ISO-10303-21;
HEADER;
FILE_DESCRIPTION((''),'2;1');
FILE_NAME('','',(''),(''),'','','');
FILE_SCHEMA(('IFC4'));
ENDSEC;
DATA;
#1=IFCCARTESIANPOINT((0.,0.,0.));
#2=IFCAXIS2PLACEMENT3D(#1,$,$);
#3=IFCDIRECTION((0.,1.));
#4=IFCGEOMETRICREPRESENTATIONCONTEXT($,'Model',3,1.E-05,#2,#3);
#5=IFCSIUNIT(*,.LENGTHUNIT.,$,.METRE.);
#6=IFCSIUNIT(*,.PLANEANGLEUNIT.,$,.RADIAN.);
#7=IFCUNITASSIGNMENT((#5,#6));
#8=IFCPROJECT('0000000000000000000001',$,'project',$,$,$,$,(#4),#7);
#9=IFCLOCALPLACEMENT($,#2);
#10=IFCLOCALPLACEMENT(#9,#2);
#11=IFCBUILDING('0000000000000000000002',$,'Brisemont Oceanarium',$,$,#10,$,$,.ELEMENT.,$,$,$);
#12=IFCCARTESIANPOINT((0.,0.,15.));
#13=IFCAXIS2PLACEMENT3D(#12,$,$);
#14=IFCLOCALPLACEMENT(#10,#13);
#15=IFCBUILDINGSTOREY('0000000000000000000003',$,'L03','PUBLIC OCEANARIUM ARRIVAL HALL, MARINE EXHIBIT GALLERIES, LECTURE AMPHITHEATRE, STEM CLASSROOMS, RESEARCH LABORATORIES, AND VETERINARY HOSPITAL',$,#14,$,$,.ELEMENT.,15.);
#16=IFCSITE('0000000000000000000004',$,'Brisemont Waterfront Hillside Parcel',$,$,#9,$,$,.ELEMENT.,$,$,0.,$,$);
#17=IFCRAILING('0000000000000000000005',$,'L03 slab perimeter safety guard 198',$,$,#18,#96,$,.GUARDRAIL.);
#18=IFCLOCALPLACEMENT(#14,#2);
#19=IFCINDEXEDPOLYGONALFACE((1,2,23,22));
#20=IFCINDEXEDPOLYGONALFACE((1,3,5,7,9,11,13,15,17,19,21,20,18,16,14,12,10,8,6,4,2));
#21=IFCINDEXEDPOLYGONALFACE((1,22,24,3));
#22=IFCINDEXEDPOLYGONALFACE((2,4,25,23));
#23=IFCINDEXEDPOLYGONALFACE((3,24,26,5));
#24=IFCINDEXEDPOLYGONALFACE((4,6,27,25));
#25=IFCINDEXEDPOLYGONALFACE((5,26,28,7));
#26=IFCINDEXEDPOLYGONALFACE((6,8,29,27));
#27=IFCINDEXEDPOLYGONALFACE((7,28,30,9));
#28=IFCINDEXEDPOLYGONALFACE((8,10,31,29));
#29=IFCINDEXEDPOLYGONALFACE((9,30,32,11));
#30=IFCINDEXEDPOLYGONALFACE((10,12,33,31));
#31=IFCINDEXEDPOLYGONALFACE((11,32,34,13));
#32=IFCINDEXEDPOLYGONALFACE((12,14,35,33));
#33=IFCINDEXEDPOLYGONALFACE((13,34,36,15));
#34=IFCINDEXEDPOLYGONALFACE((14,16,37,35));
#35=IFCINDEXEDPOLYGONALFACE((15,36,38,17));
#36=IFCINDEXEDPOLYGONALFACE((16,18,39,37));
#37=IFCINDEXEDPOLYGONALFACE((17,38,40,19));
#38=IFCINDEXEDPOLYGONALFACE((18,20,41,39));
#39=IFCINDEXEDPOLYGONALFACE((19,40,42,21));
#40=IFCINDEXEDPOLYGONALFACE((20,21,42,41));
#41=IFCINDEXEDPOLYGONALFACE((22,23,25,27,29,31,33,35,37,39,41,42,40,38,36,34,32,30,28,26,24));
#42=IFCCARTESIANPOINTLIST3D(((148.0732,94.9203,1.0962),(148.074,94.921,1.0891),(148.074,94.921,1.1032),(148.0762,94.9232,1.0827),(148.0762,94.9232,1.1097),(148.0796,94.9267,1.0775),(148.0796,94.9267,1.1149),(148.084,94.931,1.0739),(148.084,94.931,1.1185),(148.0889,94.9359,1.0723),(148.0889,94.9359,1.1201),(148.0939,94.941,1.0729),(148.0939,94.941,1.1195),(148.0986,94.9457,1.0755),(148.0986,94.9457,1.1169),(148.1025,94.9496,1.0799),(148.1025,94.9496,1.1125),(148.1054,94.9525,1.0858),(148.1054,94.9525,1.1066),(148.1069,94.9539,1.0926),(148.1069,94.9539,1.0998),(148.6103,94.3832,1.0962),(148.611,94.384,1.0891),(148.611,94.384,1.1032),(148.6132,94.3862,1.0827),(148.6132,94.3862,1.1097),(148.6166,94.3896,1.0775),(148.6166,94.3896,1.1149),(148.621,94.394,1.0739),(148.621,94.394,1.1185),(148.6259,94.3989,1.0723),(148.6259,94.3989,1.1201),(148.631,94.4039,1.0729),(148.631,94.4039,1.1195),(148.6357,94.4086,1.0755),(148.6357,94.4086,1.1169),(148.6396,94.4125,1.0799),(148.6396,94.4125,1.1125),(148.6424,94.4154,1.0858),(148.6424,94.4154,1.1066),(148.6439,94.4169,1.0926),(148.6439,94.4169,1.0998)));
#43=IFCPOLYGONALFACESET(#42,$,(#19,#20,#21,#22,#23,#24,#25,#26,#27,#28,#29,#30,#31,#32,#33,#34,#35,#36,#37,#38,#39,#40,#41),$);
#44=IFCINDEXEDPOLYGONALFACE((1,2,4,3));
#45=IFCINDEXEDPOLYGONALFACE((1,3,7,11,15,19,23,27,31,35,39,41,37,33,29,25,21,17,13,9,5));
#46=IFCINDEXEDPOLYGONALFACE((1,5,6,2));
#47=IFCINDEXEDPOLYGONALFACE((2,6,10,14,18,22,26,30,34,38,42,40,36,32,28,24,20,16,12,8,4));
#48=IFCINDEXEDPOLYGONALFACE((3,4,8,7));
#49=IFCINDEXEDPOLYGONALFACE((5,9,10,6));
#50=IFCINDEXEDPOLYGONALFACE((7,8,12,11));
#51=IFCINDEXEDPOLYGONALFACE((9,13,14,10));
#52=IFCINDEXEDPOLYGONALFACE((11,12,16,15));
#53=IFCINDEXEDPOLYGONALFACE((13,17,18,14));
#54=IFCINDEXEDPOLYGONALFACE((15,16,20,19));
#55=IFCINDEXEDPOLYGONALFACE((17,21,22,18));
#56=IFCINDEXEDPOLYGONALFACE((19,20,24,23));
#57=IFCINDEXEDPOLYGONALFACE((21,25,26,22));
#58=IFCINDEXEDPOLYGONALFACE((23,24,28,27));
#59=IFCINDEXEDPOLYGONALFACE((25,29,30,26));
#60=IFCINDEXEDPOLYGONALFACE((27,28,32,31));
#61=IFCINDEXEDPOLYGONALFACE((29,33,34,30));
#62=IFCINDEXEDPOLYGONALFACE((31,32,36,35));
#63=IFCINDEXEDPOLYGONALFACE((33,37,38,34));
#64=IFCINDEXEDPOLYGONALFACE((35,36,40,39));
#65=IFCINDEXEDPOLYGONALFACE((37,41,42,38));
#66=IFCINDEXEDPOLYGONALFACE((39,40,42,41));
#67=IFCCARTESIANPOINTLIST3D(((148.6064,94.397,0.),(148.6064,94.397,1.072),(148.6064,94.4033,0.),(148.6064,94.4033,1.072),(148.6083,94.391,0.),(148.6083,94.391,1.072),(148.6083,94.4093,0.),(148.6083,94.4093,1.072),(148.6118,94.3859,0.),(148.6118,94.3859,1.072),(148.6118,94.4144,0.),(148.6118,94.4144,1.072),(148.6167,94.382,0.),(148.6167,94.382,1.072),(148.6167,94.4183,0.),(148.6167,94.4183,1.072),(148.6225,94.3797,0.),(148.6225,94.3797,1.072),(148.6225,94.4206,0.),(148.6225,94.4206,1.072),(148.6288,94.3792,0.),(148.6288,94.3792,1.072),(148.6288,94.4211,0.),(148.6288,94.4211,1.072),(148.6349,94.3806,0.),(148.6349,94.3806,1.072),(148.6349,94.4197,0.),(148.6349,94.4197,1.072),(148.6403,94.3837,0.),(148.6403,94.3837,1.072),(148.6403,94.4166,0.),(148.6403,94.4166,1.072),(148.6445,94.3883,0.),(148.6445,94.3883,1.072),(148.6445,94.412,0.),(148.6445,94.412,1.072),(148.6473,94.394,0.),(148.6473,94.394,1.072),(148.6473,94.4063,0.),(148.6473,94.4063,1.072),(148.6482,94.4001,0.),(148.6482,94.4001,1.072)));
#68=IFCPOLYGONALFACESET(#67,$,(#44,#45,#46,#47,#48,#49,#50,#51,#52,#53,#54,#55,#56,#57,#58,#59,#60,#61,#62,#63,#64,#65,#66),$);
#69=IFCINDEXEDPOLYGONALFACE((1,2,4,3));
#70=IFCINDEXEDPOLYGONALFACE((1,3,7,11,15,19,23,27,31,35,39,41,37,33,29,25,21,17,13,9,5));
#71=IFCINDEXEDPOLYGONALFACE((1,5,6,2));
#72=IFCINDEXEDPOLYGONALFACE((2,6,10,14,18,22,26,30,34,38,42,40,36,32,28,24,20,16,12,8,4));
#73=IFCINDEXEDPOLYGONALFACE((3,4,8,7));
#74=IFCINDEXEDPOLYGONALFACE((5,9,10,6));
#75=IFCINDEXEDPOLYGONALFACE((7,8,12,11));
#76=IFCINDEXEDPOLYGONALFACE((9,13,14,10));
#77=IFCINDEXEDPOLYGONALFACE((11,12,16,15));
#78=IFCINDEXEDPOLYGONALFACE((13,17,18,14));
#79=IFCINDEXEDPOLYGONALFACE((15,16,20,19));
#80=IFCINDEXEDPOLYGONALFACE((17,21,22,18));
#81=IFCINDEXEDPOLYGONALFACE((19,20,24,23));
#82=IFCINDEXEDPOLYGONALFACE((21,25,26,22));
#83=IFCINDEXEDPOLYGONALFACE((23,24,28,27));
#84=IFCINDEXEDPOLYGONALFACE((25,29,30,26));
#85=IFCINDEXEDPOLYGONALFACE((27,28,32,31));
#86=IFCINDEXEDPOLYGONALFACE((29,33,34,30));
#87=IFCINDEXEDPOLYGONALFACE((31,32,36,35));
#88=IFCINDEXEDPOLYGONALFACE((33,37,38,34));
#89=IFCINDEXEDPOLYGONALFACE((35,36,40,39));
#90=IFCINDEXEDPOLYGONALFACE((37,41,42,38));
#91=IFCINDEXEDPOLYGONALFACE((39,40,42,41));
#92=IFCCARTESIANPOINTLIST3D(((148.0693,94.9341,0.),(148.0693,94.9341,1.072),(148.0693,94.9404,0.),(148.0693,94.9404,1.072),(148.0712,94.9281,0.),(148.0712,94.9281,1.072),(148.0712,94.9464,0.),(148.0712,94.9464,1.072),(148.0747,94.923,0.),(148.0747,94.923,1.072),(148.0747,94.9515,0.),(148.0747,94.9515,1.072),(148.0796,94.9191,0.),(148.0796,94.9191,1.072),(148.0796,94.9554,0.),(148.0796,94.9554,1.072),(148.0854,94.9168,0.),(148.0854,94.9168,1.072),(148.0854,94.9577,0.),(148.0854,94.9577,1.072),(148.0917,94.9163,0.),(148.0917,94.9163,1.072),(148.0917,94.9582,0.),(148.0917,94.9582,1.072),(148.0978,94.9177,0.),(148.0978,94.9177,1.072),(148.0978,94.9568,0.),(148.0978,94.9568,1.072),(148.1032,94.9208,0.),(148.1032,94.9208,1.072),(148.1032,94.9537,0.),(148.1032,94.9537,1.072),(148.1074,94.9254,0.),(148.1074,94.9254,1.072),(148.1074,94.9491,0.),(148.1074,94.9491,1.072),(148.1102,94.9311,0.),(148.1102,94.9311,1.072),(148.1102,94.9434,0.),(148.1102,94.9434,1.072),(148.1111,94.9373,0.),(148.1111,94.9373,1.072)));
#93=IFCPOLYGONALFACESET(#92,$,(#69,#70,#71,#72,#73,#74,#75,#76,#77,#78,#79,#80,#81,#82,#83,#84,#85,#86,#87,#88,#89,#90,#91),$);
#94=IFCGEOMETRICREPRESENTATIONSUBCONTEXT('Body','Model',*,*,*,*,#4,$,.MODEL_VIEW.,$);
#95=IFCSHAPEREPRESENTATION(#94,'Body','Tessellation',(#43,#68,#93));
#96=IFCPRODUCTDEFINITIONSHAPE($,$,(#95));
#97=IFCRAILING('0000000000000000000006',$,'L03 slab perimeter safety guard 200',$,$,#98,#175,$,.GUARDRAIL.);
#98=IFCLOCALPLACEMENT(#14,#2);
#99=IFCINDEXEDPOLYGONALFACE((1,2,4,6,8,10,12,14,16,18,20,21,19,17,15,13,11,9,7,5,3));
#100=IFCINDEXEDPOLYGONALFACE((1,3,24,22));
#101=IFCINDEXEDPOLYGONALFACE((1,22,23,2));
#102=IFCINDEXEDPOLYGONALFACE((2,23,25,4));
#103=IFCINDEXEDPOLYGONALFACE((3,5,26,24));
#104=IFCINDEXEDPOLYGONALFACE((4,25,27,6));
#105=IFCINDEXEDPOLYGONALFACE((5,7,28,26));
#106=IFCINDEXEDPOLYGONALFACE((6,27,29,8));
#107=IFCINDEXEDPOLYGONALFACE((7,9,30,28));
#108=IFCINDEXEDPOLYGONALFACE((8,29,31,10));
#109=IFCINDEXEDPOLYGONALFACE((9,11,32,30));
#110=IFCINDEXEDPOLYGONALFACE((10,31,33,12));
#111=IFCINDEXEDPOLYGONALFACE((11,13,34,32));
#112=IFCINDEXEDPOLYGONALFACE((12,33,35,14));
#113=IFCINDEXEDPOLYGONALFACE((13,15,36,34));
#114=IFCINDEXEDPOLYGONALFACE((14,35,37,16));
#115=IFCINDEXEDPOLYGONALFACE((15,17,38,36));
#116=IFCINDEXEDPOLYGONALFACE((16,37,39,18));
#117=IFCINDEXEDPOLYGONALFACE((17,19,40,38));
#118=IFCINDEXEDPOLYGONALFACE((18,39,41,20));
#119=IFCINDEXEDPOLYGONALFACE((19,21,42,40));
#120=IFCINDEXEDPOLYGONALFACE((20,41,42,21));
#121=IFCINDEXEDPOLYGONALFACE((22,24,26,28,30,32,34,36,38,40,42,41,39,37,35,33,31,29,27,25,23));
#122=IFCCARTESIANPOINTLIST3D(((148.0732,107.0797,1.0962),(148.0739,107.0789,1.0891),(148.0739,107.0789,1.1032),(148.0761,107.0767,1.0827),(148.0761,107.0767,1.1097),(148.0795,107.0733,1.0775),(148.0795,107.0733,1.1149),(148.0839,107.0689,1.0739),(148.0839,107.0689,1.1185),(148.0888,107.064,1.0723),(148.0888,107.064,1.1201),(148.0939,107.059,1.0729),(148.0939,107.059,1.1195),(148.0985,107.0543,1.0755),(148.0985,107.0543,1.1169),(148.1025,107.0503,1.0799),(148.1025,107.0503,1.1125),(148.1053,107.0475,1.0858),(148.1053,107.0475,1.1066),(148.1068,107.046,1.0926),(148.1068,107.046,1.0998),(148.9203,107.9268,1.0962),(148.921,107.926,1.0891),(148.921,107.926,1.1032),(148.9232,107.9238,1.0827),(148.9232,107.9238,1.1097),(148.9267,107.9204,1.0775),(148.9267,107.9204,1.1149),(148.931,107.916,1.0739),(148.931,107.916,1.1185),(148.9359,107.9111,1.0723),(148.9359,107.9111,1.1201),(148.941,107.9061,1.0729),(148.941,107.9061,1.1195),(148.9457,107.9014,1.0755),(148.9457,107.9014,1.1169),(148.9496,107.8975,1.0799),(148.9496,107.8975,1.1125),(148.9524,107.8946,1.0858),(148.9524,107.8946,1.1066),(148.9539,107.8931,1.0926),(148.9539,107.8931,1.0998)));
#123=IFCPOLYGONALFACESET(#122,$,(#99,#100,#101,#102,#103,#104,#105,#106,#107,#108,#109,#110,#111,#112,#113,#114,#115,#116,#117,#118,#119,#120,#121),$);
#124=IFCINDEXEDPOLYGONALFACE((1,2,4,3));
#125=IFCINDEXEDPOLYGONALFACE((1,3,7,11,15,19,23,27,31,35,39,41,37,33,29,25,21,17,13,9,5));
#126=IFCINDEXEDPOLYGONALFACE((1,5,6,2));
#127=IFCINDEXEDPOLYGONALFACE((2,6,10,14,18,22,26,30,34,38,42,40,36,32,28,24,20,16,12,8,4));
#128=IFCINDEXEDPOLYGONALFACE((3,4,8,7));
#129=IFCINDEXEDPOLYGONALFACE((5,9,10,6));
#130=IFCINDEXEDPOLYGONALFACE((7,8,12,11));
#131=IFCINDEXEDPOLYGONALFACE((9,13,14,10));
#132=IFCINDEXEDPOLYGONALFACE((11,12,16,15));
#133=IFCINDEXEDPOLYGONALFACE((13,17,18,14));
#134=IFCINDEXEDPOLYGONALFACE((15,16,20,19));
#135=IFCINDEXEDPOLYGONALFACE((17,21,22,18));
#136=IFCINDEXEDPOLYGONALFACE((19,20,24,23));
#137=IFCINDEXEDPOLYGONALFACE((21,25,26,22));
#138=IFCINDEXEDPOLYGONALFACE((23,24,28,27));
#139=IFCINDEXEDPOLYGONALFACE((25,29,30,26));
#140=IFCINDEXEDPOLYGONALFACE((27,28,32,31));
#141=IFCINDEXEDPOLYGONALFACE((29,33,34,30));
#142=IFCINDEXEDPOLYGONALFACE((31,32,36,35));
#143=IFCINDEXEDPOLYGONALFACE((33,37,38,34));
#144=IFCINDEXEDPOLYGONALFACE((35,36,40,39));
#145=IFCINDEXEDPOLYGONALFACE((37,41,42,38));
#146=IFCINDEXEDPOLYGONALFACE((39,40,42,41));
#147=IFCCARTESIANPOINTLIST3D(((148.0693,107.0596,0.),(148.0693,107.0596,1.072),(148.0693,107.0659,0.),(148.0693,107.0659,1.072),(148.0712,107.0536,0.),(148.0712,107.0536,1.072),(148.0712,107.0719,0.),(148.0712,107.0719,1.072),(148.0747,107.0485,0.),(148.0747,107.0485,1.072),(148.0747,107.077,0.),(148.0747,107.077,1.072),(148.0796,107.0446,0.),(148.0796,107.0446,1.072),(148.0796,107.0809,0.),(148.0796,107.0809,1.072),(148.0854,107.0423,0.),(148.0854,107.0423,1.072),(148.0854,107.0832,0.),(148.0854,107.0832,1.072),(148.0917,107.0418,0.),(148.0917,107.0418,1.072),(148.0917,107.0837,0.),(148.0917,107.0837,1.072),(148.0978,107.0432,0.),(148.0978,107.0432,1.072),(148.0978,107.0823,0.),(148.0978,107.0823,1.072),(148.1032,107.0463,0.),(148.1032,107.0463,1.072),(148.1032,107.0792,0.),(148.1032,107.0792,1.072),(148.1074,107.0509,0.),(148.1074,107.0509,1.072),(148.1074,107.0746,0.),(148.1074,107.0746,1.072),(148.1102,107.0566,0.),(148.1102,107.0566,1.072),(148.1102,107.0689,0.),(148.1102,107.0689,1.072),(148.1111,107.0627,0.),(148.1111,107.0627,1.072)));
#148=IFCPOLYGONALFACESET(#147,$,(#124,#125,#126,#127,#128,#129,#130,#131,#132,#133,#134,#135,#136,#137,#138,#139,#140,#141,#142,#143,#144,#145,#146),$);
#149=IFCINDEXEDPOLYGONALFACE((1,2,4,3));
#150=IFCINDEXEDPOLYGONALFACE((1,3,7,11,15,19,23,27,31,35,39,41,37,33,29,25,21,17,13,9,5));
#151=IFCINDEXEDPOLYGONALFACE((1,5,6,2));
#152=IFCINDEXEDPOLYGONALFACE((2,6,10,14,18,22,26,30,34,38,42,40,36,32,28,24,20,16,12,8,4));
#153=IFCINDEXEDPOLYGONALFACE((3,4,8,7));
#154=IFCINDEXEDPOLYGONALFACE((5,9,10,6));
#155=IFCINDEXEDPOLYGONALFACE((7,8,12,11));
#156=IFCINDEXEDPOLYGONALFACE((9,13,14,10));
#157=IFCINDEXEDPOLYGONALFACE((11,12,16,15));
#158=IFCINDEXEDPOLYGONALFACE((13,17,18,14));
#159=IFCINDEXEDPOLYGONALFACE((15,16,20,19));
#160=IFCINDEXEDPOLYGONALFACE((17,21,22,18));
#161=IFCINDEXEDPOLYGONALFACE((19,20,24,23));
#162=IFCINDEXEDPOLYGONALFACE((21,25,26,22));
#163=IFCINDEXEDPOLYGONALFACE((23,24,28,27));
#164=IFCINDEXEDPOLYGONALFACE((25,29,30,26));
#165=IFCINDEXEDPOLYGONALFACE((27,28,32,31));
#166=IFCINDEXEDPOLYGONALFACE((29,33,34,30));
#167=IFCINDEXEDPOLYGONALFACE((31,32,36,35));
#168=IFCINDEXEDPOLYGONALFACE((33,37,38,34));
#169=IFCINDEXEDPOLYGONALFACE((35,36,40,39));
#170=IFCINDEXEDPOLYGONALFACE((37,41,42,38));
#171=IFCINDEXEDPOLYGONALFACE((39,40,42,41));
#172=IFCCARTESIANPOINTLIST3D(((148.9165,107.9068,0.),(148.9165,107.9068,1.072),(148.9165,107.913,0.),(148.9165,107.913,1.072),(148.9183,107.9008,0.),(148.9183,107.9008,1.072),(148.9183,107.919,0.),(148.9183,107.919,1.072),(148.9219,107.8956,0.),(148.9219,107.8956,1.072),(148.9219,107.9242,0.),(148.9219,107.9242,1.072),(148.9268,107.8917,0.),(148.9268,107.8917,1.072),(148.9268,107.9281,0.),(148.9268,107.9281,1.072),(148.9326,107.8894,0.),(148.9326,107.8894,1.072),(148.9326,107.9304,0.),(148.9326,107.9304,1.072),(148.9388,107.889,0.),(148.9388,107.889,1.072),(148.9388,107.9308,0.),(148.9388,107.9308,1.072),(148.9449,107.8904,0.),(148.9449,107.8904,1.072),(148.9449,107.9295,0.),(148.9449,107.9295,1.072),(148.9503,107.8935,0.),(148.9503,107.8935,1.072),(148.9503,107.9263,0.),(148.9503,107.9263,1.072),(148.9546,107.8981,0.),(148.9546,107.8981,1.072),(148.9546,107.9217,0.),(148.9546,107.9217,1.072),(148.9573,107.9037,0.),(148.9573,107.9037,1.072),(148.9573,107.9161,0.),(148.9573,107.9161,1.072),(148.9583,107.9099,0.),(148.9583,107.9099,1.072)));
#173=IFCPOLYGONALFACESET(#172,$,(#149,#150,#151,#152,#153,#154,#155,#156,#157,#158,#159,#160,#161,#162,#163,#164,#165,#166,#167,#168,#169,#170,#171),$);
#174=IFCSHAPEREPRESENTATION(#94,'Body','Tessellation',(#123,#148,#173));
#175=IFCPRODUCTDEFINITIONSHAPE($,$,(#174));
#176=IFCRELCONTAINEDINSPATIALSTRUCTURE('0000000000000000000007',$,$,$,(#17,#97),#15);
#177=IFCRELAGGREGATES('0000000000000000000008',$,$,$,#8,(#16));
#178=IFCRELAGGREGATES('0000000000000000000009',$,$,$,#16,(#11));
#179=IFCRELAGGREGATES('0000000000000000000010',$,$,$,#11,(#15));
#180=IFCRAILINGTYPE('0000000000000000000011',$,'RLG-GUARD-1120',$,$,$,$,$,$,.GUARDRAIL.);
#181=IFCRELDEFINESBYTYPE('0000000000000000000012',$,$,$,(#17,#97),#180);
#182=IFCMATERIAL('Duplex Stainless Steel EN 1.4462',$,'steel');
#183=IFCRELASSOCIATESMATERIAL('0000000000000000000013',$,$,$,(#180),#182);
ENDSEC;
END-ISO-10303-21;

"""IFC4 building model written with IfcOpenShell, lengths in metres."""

from ifc_helpers import new_model, si_unit, direction, frame, origin, origin_2d, place, context, subcontext, project, spatial, circle, extrude, material, type_object, element, save


model = new_model("IFC4")

# Units and contexts
model_context = context("Model", 3, precision=1e-05, world=origin(), true_north=direction((0.0, 1.0)))
body_context = subcontext(model_context, "Body", "Model", "MODEL_VIEW")
ifc_project = project(units=[si_unit("LENGTHUNIT", "METRE"), si_unit("PLANEANGLEUNIT", "RADIAN")], contexts=[model_context])

# Site, building, storey
site_placement = place(None, origin())
site = spatial("IfcSite", under=ifc_project, at=site_placement, Name="Brisemont Waterfront Hillside Parcel", CompositionType="ELEMENT", RefElevation=0.0)
building_placement = place(site_placement, origin())
building = spatial("IfcBuilding", under=site, at=building_placement, Name="Brisemont Oceanarium", CompositionType="ELEMENT")
storey_placement = place(building_placement, frame((0.0, 0.0, 15.0)))
storey = spatial("IfcBuildingStorey", under=building, at=storey_placement, Name="L03", Description="PUBLIC OCEANARIUM ARRIVAL HALL, MARINE EXHIBIT GALLERIES, LECTURE AMPHITHEATRE, STEM CLASSROOMS, RESEARCH LABORATORIES, AND VETERINARY HOSPITAL", CompositionType="ELEMENT", Elevation=15.0)

# Railings
ifc_material_1 = material(Name="Duplex Stainless Steel EN 1.4462", Category="steel")
railing_type = type_object("IfcRailingType", Name="RLG-GUARD-1120", PredefinedType="GUARDRAIL", material=ifc_material_1)
railing_1_placement = place(storey_placement, frame((148.6272, 94.4001, 0.0)))
element("IfcRailing", 1, at=railing_1_placement, inside=storey, type_object=railing_type, Name="L03 slab perimeter safety guard 198", PredefinedType="GUARDRAIL", context=body_context, shape_type="SweptSolid", body=[
    extrude(circle(Radius=0.0239, at=origin_2d()), frame((0.0, 0.0, 1.0962), z_axis=(-0.707107, 0.707107, 0.0), x_axis=(-0.707107, -0.707107, 0.0)), (0.0, 0.0, 1.0), 0.7595),
    extrude(circle(Radius=0.021, at=origin_2d()), origin(), (0.0, 0.0, 1.0), 1.072),
    extrude(circle(Radius=0.021, at=origin_2d()), frame((-0.5371, 0.5371, 0.0)), (0.0, 0.0, 1.0), 1.072),
])
railing_2_placement = place(storey_placement, frame((148.0901, 107.0627, 0.0)))
element("IfcRailing", 2, at=railing_2_placement, inside=storey, type_object=railing_type, Name="L03 slab perimeter safety guard 200", PredefinedType="GUARDRAIL", context=body_context, shape_type="SweptSolid", body=[
    extrude(circle(Radius=0.0239, at=origin_2d()), frame((0.0, 0.0, 1.0962), z_axis=(0.707107, 0.707107, 0.0), x_axis=(-0.707107, 0.707107, 0.0)), (0.0, 0.0, 1.0), 1.198),
    extrude(circle(Radius=0.021, at=origin_2d()), origin(), (0.0, 0.0, 1.0), 1.072),
    extrude(circle(Radius=0.021, at=origin_2d()), frame((0.8472, 0.8472, 0.0)), (0.0, 0.0, 1.0), 1.072),
])

save(model, "model.ifc")
